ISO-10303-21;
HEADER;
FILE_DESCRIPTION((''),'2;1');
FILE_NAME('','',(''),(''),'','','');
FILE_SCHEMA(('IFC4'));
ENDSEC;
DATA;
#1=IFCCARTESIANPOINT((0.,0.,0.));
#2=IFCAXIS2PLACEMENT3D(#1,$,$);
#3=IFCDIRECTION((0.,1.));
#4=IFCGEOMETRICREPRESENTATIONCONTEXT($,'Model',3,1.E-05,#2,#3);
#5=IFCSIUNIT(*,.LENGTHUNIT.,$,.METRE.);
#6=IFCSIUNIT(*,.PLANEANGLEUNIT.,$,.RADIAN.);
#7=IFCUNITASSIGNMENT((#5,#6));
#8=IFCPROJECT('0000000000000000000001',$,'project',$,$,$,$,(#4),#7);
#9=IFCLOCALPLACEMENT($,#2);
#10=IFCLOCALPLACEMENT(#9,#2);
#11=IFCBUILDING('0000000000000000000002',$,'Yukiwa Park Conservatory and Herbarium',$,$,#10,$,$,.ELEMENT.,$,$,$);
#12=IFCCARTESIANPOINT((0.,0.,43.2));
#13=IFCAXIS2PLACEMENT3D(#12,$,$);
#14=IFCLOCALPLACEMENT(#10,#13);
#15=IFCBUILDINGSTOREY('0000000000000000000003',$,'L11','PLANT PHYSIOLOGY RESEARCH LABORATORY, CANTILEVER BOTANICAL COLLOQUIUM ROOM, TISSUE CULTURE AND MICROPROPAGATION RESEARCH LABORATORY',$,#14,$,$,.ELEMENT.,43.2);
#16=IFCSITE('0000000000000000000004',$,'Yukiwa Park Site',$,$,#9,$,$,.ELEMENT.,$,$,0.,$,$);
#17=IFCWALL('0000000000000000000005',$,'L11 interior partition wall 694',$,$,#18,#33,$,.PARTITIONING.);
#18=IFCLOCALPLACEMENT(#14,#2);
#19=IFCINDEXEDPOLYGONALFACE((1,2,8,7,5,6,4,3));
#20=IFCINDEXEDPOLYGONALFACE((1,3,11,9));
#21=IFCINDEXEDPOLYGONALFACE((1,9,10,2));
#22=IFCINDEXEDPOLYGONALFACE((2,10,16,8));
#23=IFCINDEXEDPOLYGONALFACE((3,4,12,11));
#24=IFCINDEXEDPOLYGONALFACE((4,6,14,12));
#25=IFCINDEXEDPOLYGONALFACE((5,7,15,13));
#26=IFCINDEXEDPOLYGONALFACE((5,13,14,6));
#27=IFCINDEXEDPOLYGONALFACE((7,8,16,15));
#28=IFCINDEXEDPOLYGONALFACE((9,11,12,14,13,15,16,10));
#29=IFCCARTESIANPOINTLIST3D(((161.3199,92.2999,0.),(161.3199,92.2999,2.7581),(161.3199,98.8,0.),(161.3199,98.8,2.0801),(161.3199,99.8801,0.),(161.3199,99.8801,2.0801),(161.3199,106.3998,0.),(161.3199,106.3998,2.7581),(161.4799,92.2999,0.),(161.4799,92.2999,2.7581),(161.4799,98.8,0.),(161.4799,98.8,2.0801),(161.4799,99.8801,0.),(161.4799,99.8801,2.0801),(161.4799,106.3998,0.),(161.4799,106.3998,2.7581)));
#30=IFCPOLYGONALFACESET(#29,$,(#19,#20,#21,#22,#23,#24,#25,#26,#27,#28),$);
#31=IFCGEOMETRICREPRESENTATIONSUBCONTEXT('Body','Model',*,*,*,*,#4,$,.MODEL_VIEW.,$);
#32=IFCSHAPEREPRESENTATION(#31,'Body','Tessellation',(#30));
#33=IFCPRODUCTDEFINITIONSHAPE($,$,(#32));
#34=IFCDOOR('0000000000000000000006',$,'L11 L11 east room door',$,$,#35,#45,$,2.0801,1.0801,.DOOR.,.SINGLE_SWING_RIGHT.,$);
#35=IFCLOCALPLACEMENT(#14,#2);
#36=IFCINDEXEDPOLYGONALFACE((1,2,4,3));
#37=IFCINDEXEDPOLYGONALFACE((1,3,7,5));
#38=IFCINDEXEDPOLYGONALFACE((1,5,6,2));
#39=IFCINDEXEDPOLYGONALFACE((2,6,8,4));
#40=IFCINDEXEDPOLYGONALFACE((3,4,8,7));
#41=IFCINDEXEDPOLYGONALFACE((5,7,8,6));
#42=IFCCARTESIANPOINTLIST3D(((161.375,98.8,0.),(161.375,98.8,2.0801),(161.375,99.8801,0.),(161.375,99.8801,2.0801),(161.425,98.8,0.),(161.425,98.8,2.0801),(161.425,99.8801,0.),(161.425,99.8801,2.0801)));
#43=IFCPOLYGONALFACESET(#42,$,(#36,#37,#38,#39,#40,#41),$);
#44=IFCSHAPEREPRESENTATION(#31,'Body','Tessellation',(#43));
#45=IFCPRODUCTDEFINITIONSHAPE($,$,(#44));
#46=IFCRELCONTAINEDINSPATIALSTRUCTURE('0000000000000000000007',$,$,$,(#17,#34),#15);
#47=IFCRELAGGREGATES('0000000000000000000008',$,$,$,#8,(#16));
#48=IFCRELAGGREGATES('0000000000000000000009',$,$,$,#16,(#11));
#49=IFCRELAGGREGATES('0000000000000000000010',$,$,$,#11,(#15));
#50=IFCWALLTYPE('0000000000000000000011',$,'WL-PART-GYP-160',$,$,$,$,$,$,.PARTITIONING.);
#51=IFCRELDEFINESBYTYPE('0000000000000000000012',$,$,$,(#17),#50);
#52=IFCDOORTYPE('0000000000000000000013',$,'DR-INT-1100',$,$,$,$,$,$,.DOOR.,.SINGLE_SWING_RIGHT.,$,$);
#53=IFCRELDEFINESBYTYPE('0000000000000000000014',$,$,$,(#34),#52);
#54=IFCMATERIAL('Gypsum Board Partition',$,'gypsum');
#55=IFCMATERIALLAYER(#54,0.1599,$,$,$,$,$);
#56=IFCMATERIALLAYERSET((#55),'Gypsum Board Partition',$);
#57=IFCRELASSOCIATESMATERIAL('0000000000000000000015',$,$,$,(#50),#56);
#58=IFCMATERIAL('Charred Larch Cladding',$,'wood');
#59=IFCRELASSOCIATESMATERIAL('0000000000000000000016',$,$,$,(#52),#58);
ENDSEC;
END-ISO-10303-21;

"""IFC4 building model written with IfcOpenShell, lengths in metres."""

from ifc_helpers import new_model, si_unit, direction, frame, frame_2d, origin, place, context, subcontext, project, spatial, rectangle, extrude, material, layer, layer_set, type_object, element, fill, save


model = new_model("IFC4")

# Units and contexts
model_context = context("Model", 3, precision=1e-05, world=origin(), true_north=direction((0.0, 1.0)))
body_context = subcontext(model_context, "Body", "Model", "MODEL_VIEW")
ifc_project = project(units=[si_unit("LENGTHUNIT", "METRE"), si_unit("PLANEANGLEUNIT", "RADIAN")], contexts=[model_context])

# Site, building, storey
site_placement = place(None, origin())
site = spatial("IfcSite", under=ifc_project, at=site_placement, Name="Yukiwa Park Site", CompositionType="ELEMENT", RefElevation=0.0)
building_placement = place(site_placement, origin())
building = spatial("IfcBuilding", under=site, at=building_placement, Name="Yukiwa Park Conservatory and Herbarium", CompositionType="ELEMENT")
storey_placement = place(building_placement, frame((0.0, 0.0, 43.2)))
storey = spatial("IfcBuildingStorey", under=building, at=storey_placement, Name="L11", Description="PLANT PHYSIOLOGY RESEARCH LABORATORY, CANTILEVER BOTANICAL COLLOQUIUM ROOM, TISSUE CULTURE AND MICROPROPAGATION RESEARCH LABORATORY", CompositionType="ELEMENT", Elevation=43.2)

# Wall, opening, door
ifc_material_1 = material(Name="Gypsum Board Partition", Category="gypsum")
ifc_layer_1 = layer(ifc_material_1, 0.1599)
ifc_layer_set_1 = layer_set([ifc_layer_1], Name="Gypsum Board Partition")
wall_type = type_object("IfcWallType", Name="WL-PART-GYP-160", PredefinedType="PARTITIONING", material=ifc_layer_set_1)
wall_placement = place(storey_placement, frame((161.3999, 92.3, 0.0), z_axis=(0.0, 0.0, 1.0), x_axis=(0.0, 1.0, 0.0)))
wall = element("IfcWall", 1, at=wall_placement, inside=storey, type_object=wall_type, Name="L11 interior partition wall 694", PredefinedType="PARTITIONING", context=body_context, shape_type="SweptSolid", body=[
    extrude(rectangle(XDim=14.0999, YDim=0.1599, at=frame_2d((7.0498, 0.0))), origin(), (0.0, 0.0, 1.0), 2.7581),
])
opening_placement = place(wall_placement, frame((6.5, 0.0, 0.0)))
opening = element("IfcOpeningElement", 2, at=opening_placement, cuts=wall, PredefinedType="OPENING", context=body_context, shape_type="SweptSolid", body=[
    extrude(rectangle(XDim=1.0801, YDim=2.0801, at=frame_2d((0.54, 1.04))), frame((0.0, 0.0898, 0.0), z_axis=(0.0, -1.0, 0.0), x_axis=(1.0, 0.0, 0.0)), (0.0, 0.0, 1.0), 0.1799),
])
ifc_material_2 = material(Name="Charred Larch Cladding", Category="wood")
door_type = type_object("IfcDoorType", Name="DR-INT-1100", OperationType="SINGLE_SWING_RIGHT", PredefinedType="DOOR", material=ifc_material_2)
door_placement = place(opening_placement, origin())
door = element("IfcDoor", 3, at=door_placement, inside=storey, type_object=door_type, Name="L11 L11 east room door", OperationType="SINGLE_SWING_RIGHT", OverallHeight=2.0801, OverallWidth=1.0801, PredefinedType="DOOR", context=body_context, shape_type="SweptSolid", body=[
    extrude(rectangle(XDim=1.0801, YDim=2.0801, at=frame_2d((0.54, 1.04))), frame((0.0, 0.0249, 0.0), z_axis=(0.0, -1.0, 0.0), x_axis=(1.0, 0.0, 0.0)), (0.0, 0.0, 1.0), 0.05),
])
fill(opening, door)

save(model, "model.ifc")
